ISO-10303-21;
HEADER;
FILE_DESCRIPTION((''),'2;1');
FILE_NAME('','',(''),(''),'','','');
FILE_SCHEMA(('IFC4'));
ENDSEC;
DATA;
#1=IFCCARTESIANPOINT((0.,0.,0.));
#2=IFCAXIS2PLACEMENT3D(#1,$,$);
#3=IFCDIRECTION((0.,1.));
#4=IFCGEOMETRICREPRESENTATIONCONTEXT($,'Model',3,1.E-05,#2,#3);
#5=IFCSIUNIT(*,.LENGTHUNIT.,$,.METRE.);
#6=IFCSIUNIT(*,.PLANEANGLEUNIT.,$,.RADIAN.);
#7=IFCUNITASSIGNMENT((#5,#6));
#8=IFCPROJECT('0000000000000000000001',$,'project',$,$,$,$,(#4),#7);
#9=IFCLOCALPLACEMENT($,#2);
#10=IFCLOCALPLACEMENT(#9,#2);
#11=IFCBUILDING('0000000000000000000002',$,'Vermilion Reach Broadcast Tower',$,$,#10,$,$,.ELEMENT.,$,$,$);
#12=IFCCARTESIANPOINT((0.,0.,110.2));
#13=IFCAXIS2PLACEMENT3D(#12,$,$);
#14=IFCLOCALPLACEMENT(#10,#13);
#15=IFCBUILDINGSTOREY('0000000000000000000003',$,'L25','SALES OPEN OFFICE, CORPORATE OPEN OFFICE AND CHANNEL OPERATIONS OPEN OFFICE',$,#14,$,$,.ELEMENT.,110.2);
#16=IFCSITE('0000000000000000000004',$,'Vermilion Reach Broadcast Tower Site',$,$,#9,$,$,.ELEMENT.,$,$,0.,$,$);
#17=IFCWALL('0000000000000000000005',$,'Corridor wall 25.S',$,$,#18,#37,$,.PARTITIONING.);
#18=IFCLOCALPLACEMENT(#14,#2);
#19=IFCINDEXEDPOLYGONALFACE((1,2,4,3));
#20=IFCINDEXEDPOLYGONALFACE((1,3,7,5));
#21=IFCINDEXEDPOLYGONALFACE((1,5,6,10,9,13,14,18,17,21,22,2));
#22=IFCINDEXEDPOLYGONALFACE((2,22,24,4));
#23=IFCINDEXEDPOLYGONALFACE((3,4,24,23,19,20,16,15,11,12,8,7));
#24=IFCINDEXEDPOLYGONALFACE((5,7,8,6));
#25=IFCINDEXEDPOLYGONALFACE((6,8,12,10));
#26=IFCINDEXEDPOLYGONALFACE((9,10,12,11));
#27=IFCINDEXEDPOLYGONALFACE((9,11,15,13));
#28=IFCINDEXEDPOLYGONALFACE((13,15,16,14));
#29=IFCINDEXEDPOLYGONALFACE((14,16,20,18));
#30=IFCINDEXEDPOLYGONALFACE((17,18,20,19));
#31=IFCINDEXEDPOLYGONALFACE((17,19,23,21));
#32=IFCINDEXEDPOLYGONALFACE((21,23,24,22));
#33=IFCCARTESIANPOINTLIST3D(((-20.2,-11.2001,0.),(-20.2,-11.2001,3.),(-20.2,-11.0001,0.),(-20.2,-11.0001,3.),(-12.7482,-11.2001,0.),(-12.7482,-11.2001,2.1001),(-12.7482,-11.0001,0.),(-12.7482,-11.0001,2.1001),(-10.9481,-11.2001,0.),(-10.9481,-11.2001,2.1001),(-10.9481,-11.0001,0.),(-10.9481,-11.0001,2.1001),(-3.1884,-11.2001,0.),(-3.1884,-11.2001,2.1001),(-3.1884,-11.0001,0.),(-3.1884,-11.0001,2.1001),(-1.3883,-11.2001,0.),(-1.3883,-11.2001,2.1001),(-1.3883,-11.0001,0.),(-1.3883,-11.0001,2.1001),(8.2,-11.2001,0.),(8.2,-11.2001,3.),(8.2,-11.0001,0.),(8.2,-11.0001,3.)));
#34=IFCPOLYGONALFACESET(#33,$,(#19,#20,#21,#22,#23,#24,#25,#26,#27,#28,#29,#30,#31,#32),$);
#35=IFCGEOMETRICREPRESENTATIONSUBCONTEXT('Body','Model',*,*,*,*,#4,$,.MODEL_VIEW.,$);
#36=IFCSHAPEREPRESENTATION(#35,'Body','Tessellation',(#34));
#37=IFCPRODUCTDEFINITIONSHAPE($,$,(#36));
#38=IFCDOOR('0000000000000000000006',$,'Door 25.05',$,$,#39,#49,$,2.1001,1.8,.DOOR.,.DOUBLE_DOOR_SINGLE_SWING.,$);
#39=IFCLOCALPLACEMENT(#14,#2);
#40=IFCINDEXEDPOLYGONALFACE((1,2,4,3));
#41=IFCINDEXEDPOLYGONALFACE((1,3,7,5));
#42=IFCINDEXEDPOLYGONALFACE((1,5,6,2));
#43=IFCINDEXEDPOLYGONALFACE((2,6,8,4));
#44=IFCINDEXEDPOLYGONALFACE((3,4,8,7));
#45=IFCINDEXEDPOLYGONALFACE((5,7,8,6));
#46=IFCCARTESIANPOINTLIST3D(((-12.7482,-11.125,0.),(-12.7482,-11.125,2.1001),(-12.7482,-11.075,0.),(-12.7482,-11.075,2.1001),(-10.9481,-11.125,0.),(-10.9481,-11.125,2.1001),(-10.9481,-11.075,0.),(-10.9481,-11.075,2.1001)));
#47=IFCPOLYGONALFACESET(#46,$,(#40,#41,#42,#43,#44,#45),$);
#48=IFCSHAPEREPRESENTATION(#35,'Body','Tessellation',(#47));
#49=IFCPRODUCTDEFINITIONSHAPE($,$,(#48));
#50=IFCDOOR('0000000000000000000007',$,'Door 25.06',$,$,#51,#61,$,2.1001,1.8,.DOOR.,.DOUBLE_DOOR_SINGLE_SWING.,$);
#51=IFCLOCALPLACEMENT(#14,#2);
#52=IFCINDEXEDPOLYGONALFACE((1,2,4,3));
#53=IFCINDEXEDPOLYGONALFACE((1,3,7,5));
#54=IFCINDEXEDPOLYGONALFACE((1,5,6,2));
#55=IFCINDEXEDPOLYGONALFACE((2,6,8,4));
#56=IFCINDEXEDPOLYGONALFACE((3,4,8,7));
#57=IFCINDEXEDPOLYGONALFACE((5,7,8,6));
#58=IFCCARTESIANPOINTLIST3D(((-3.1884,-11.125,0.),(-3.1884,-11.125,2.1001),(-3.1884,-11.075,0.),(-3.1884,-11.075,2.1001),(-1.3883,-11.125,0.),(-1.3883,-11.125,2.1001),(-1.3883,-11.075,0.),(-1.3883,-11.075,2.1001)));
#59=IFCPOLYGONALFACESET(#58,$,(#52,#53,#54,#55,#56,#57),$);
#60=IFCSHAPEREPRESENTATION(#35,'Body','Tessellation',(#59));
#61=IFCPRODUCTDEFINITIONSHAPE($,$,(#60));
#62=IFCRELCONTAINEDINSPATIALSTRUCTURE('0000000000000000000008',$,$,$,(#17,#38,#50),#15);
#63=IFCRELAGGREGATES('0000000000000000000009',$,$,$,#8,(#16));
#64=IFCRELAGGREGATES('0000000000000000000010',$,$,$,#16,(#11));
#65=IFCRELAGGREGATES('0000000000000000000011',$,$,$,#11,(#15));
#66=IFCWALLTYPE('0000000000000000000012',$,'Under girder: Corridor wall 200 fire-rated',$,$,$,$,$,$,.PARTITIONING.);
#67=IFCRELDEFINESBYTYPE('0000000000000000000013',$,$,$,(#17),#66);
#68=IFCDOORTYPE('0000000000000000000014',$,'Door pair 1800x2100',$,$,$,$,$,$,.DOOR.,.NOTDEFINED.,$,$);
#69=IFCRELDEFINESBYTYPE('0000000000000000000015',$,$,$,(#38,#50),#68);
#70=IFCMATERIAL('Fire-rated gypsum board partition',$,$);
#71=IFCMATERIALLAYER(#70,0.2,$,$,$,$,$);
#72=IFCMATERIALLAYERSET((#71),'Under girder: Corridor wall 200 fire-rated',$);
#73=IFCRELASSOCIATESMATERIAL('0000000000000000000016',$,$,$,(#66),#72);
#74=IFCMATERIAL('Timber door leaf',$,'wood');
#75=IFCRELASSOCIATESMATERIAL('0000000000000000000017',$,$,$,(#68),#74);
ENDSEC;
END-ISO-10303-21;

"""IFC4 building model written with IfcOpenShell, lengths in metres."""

from ifc_helpers import new_model, si_unit, direction, frame, frame_2d, origin, place, context, subcontext, project, spatial, rectangle, extrude, material, layer, layer_set, type_object, element, fill, save


model = new_model("IFC4")

# Units and contexts
model_context = context("Model", 3, precision=1e-05, world=origin(), true_north=direction((0.0, 1.0)))
body_context = subcontext(model_context, "Body", "Model", "MODEL_VIEW")
ifc_project = project(units=[si_unit("LENGTHUNIT", "METRE"), si_unit("PLANEANGLEUNIT", "RADIAN")], contexts=[model_context])

# Site, building, storey
site_placement = place(None, origin())
site = spatial("IfcSite", under=ifc_project, at=site_placement, Name="Vermilion Reach Broadcast Tower Site", CompositionType="ELEMENT", RefElevation=0.0)
building_placement = place(site_placement, origin())
building = spatial("IfcBuilding", under=site, at=building_placement, Name="Vermilion Reach Broadcast Tower", CompositionType="ELEMENT")
storey_placement = place(building_placement, frame((0.0, 0.0, 110.2)))
storey = spatial("IfcBuildingStorey", under=building, at=storey_placement, Name="L25", Description="SALES OPEN OFFICE, CORPORATE OPEN OFFICE AND CHANNEL OPERATIONS OPEN OFFICE", CompositionType="ELEMENT", Elevation=110.2)

# Wall, openings, doors
ifc_material_1 = material(Name="Fire-rated gypsum board partition")
ifc_layer_1 = layer(ifc_material_1, 0.2)
ifc_layer_set_1 = layer_set([ifc_layer_1], Name="Under girder: Corridor wall 200 fire-rated")
wall_type_1 = type_object("IfcWallType", Name="Under girder: Corridor wall 200 fire-rated", PredefinedType="PARTITIONING", material=ifc_layer_set_1)
wall_1_placement = place(storey_placement, frame((8.2, -11.1001, 0.0), z_axis=(0.0, 0.0, 1.0), x_axis=(-1.0, 0.0, 0.0)))
wall_1 = element("IfcWall", 1, at=wall_1_placement, inside=storey, type_object=wall_type_1, Name="Corridor wall 25.S", PredefinedType="PARTITIONING", context=body_context, shape_type="SweptSolid", body=[
    extrude(rectangle(XDim=28.3999, YDim=0.2, at=frame_2d((14.2, 0.0))), origin(), (0.0, 0.0, 1.0), 3.0),
])
opening_1_placement = place(wall_1_placement, frame((19.1482, 0.0, 0.0)))
opening_1 = element("IfcOpeningElement", 2, at=opening_1_placement, cuts=wall_1, PredefinedType="OPENING", context=body_context, shape_type="SweptSolid", body=[
    extrude(rectangle(XDim=1.8, YDim=2.1001, at=frame_2d((0.8999, 1.05))), frame((0.0, 0.1099, 0.0), z_axis=(0.0, -1.0, 0.0), x_axis=(1.0, 0.0, 0.0)), (0.0, 0.0, 1.0), 0.22),
])
opening_2_placement = place(wall_1_placement, frame((9.5884, 0.0, 0.0)))
opening_2 = element("IfcOpeningElement", 3, at=opening_2_placement, cuts=wall_1, PredefinedType="OPENING", context=body_context, shape_type="SweptSolid", body=[
    extrude(rectangle(XDim=1.8, YDim=2.1001, at=frame_2d((0.8999, 1.05))), frame((0.0, 0.1099, 0.0), z_axis=(0.0, -1.0, 0.0), x_axis=(1.0, 0.0, 0.0)), (0.0, 0.0, 1.0), 0.22),
])
ifc_material_2 = material(Name="Timber door leaf", Category="wood")
door_type_1 = type_object("IfcDoorType", Name="Door pair 1800x2100", OperationType="NOTDEFINED", PredefinedType="DOOR", material=ifc_material_2)
door_1_placement = place(opening_1_placement, origin())
door_1 = element("IfcDoor", 4, at=door_1_placement, inside=storey, type_object=door_type_1, Name="Door 25.05", OperationType="DOUBLE_DOOR_SINGLE_SWING", OverallHeight=2.1001, OverallWidth=1.8, PredefinedType="DOOR", context=body_context, shape_type="SweptSolid", body=[
    extrude(rectangle(XDim=1.8, YDim=2.1001, at=frame_2d((0.8999, 1.05))), frame((0.0, 0.0249, 0.0), z_axis=(0.0, -1.0, 0.0), x_axis=(1.0, 0.0, 0.0)), (0.0, 0.0, 1.0), 0.05),
])
fill(opening_1, door_1)
door_2_placement = place(opening_2_placement, origin())
door_2 = element("IfcDoor", 5, at=door_2_placement, inside=storey, type_object=door_type_1, Name="Door 25.06", OperationType="DOUBLE_DOOR_SINGLE_SWING", OverallHeight=2.1001, OverallWidth=1.8, PredefinedType="DOOR", context=body_context, shape_type="SweptSolid", body=[
    extrude(rectangle(XDim=1.8, YDim=2.1001, at=frame_2d((0.8999, 1.05))), frame((0.0, 0.0249, 0.0), z_axis=(0.0, -1.0, 0.0), x_axis=(1.0, 0.0, 0.0)), (0.0, 0.0, 1.0), 0.05),
])
fill(opening_2, door_2)

save(model, "model.ifc")
